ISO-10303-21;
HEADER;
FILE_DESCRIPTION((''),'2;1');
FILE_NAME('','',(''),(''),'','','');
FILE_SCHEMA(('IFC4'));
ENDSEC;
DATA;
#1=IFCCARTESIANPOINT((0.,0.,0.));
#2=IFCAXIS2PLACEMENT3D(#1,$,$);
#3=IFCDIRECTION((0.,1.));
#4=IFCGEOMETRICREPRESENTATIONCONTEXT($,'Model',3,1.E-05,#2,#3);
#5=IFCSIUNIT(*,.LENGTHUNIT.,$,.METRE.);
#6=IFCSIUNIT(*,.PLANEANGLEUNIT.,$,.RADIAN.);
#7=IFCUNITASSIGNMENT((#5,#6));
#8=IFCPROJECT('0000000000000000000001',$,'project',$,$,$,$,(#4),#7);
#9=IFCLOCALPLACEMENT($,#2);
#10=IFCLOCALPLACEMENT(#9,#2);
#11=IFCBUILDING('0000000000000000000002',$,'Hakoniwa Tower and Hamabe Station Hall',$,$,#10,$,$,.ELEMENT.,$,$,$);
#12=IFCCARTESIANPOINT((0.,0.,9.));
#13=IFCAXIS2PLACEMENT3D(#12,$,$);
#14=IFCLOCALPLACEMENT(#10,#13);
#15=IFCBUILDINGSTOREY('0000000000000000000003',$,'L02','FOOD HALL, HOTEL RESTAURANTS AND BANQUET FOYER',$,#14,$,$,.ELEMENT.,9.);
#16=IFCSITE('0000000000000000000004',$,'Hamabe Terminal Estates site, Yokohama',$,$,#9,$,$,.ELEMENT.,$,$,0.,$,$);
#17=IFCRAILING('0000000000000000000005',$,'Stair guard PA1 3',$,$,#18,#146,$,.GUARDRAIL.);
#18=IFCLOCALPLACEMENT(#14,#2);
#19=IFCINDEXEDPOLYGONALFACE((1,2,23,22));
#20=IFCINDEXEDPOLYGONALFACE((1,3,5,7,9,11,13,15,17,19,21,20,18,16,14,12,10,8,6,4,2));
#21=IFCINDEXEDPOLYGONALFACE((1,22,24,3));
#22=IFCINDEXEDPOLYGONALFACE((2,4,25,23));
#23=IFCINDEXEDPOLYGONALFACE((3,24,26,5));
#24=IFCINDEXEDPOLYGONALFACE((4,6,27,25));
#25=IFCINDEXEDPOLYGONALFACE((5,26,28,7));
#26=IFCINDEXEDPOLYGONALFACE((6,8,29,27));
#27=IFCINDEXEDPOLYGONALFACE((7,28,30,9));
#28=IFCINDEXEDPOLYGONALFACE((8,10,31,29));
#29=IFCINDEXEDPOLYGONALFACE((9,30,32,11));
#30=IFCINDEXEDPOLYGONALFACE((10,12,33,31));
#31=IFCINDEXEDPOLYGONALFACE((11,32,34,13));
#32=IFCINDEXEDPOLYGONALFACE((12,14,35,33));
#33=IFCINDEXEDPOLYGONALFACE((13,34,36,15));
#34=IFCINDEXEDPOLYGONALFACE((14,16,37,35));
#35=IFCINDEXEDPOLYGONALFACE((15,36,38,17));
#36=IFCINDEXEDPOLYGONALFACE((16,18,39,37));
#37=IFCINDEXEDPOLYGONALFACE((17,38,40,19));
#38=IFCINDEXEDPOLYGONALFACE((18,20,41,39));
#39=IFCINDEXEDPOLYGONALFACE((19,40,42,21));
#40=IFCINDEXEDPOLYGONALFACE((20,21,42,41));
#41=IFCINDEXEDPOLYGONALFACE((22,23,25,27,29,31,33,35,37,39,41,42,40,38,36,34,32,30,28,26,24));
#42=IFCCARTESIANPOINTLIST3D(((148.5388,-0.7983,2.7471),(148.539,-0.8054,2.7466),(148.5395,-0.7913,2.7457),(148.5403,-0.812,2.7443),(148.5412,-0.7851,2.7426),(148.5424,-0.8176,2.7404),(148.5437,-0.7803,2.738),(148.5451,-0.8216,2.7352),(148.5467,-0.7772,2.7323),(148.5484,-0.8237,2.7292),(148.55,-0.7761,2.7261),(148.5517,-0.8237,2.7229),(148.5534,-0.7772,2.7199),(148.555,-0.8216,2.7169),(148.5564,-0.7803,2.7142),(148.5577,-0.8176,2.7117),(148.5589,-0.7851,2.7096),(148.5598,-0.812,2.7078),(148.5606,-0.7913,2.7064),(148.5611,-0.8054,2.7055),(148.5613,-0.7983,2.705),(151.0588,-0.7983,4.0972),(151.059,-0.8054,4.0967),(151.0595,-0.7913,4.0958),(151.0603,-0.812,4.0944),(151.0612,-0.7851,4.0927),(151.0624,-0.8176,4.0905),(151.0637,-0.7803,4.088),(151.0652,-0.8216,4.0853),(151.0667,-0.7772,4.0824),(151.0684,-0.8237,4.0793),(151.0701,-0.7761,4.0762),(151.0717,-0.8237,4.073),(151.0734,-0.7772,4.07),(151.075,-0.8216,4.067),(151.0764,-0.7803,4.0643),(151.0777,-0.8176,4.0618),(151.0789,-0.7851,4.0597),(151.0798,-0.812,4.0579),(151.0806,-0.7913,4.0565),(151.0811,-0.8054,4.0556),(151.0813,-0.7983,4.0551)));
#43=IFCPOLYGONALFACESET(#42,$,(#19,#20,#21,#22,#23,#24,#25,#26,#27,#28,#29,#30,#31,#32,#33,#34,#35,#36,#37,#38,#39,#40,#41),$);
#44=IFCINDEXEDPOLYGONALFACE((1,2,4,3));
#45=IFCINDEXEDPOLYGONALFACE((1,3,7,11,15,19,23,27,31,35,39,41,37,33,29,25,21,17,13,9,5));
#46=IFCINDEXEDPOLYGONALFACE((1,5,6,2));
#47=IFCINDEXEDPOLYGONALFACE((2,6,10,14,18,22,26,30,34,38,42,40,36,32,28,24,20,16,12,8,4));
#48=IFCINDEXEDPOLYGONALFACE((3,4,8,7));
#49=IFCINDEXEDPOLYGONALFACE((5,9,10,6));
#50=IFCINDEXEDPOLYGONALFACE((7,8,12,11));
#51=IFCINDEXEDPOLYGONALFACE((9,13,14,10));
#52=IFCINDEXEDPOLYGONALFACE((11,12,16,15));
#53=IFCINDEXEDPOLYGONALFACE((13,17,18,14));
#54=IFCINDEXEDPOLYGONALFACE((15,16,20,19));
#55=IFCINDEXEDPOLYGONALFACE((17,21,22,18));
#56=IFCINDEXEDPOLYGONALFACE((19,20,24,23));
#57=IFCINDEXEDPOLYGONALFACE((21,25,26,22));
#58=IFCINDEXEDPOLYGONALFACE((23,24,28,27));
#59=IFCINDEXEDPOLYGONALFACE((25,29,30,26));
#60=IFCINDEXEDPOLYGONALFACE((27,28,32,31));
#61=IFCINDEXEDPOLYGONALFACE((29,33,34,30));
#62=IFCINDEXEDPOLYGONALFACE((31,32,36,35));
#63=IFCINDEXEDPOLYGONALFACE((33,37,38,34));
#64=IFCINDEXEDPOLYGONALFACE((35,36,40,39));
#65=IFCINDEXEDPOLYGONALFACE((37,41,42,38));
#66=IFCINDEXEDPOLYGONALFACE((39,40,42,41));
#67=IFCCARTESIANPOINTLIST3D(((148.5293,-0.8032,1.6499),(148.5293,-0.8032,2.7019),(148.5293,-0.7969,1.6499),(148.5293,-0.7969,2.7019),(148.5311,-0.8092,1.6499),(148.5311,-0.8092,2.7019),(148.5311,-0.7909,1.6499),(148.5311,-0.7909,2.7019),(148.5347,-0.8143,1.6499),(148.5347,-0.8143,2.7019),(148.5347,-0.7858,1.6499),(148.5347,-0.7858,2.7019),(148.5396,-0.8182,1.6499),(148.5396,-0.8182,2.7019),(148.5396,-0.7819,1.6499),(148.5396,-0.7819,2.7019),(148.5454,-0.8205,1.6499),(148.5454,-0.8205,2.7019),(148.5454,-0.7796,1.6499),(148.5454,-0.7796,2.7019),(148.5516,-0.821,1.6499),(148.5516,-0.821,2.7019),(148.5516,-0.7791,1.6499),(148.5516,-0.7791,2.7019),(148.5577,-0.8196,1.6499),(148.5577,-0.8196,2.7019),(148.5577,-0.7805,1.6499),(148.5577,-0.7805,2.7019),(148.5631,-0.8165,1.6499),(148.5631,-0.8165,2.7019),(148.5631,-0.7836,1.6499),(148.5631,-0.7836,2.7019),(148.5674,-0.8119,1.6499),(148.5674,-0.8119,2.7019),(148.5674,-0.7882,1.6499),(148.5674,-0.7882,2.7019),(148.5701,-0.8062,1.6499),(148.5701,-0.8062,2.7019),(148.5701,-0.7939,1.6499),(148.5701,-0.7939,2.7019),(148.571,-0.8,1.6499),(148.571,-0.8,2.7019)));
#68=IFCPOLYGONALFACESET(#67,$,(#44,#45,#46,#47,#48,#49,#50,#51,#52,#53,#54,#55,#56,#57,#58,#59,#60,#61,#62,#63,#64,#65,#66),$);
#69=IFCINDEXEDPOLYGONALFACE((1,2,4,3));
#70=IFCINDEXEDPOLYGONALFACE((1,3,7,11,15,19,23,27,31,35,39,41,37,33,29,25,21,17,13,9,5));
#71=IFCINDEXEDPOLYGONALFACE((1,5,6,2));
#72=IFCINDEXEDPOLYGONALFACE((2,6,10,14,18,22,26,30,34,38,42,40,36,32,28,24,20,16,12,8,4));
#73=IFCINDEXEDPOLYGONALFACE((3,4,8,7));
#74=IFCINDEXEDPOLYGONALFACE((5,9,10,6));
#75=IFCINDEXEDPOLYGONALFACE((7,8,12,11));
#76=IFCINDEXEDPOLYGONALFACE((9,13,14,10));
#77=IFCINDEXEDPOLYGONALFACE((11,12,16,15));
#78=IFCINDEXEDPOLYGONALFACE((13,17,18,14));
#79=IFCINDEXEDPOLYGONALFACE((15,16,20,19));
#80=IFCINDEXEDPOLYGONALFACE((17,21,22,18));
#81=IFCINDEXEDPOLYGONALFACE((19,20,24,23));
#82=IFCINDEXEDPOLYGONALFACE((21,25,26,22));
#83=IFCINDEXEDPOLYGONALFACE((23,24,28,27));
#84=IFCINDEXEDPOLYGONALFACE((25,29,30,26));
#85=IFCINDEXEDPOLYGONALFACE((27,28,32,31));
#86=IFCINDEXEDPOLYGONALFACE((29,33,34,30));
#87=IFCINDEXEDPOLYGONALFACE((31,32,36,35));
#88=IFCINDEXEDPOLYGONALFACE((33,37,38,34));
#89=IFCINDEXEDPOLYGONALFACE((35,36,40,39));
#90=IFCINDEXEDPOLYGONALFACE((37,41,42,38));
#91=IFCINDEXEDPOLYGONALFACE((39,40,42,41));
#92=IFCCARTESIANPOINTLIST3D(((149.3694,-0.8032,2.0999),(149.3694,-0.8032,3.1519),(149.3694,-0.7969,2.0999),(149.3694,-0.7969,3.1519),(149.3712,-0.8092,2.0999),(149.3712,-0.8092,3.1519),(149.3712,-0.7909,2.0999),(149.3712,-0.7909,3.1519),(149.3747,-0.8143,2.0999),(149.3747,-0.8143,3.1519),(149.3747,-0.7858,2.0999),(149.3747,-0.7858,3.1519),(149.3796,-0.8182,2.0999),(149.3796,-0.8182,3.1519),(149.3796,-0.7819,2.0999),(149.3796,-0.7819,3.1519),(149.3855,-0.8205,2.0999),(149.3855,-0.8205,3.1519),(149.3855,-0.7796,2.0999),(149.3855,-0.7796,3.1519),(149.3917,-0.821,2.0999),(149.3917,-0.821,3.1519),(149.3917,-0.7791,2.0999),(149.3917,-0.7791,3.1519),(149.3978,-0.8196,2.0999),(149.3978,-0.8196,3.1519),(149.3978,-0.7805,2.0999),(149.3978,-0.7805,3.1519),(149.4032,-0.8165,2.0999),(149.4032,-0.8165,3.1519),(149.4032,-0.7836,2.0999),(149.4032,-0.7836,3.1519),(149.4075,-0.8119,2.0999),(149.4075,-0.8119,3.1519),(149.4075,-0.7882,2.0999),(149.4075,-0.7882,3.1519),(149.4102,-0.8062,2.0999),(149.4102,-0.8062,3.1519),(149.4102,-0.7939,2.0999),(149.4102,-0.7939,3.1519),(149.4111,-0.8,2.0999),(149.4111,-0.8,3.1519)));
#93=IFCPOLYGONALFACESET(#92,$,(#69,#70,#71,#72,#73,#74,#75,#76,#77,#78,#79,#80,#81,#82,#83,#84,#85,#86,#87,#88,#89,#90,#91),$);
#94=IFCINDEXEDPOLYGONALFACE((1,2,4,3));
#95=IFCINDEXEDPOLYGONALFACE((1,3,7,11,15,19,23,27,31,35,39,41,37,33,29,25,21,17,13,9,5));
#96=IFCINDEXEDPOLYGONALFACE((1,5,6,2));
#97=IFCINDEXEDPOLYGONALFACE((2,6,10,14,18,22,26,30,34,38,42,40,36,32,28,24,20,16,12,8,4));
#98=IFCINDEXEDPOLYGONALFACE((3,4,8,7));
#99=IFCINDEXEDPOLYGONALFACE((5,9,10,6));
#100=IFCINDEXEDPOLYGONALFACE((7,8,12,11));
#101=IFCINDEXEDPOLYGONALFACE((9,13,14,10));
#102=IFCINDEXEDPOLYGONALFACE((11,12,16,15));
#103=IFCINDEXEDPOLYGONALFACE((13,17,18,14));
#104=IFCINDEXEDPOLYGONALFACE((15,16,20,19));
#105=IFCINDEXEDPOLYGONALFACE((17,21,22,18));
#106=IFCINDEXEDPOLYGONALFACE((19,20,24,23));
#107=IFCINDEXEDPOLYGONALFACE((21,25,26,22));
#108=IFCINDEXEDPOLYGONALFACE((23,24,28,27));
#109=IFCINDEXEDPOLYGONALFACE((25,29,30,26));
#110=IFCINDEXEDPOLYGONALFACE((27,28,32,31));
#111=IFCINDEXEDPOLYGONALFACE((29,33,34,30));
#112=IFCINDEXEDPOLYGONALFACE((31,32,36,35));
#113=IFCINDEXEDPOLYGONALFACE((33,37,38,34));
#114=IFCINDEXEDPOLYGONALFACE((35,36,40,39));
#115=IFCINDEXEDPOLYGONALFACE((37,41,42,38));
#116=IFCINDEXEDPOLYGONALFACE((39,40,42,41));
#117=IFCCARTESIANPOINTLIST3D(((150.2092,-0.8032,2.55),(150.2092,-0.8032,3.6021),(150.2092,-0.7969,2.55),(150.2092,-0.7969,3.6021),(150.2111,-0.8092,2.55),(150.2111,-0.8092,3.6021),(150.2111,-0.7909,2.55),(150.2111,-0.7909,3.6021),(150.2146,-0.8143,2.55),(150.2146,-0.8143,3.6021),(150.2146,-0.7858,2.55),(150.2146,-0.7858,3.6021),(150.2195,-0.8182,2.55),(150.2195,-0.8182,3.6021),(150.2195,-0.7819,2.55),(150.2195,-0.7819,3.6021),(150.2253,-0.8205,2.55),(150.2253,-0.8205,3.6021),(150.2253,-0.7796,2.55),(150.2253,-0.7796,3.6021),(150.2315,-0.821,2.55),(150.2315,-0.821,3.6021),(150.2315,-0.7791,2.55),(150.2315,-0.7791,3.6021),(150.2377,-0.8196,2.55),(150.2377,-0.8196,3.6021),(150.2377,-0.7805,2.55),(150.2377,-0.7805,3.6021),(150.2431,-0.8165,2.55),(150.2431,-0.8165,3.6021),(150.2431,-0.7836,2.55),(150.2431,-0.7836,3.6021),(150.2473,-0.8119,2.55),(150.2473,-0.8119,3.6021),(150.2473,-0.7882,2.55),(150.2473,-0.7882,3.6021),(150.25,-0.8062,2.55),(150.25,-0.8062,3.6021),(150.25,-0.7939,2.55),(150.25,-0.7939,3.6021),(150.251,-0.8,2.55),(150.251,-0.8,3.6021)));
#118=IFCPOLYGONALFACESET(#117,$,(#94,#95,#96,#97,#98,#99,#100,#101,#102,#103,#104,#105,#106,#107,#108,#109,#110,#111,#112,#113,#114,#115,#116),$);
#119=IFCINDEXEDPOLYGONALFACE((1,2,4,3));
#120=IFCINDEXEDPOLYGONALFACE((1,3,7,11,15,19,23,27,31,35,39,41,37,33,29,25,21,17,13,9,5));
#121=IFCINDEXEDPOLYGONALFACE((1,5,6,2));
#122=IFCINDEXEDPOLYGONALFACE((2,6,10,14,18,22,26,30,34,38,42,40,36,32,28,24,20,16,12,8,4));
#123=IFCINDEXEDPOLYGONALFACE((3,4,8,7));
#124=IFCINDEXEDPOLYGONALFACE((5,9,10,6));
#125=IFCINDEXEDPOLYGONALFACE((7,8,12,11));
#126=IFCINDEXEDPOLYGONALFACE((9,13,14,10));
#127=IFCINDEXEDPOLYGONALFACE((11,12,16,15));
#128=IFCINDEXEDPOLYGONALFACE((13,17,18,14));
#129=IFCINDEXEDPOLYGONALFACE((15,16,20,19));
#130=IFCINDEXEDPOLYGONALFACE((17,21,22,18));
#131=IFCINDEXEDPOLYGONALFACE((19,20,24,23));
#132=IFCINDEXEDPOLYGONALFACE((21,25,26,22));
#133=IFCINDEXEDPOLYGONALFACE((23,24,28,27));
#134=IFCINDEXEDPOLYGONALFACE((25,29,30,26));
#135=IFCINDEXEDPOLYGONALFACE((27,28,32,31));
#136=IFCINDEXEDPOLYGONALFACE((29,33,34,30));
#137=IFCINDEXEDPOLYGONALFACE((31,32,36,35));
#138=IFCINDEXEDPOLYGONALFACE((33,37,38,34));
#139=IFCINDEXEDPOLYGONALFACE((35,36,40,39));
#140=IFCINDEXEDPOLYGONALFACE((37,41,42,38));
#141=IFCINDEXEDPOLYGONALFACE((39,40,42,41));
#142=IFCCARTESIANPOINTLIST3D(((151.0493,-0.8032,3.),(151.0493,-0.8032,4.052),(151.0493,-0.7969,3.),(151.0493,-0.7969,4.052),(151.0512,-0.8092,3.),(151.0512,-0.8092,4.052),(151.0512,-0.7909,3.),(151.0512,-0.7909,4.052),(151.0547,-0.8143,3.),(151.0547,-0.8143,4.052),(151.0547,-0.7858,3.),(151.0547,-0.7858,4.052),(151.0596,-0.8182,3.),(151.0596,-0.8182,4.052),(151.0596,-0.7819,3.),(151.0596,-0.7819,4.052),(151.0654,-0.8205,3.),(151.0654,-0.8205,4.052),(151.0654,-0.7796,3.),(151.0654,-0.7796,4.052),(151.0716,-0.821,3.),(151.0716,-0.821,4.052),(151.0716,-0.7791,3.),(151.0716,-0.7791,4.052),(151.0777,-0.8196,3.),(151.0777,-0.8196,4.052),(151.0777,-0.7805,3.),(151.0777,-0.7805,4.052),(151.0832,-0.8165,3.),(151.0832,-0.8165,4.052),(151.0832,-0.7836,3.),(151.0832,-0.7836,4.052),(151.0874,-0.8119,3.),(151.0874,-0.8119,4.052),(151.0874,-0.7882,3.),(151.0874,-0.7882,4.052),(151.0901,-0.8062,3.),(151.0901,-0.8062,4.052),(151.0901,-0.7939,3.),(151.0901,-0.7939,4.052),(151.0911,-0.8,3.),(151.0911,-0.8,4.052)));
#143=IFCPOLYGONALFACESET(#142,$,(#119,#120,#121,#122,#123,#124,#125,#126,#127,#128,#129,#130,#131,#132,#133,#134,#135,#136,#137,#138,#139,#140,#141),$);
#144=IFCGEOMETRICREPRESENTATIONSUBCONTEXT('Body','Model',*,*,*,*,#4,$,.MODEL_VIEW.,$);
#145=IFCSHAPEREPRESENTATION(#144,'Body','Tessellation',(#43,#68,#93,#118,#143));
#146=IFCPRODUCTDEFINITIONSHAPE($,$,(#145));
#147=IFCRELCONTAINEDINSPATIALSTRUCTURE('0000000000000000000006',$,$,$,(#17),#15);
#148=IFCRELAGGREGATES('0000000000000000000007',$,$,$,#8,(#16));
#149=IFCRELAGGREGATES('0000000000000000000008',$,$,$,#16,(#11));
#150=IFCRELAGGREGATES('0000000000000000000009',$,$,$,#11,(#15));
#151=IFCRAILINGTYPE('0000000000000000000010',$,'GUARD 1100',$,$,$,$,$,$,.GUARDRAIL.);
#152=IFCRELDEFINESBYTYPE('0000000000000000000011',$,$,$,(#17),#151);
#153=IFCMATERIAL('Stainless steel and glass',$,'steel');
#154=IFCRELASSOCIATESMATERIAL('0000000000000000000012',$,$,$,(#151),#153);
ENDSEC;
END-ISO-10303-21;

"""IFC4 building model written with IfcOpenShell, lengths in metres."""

from ifc_helpers import new_model, si_unit, direction, frame, origin, origin_2d, place, context, subcontext, project, spatial, circle, extrude, material, type_object, element, save


model = new_model("IFC4")

# Units and contexts
model_context = context("Model", 3, precision=1e-05, world=origin(), true_north=direction((0.0, 1.0)))
body_context = subcontext(model_context, "Body", "Model", "MODEL_VIEW")
ifc_project = project(units=[si_unit("LENGTHUNIT", "METRE"), si_unit("PLANEANGLEUNIT", "RADIAN")], contexts=[model_context])

# Site, building, storey
site_placement = place(None, origin())
site = spatial("IfcSite", under=ifc_project, at=site_placement, Name="Hamabe Terminal Estates site, Yokohama", CompositionType="ELEMENT", RefElevation=0.0)
building_placement = place(site_placement, origin())
building = spatial("IfcBuilding", under=site, at=building_placement, Name="Hakoniwa Tower and Hamabe Station Hall", CompositionType="ELEMENT")
storey_placement = place(building_placement, frame((0.0, 0.0, 9.0)))
storey = spatial("IfcBuildingStorey", under=building, at=storey_placement, Name="L02", Description="FOOD HALL, HOTEL RESTAURANTS AND BANQUET FOYER", CompositionType="ELEMENT", Elevation=9.0)

# Railing
ifc_material_1 = material(Name="Stainless steel and glass", Category="steel")
railing_type_1 = type_object("IfcRailingType", Name="GUARD 1100", PredefinedType="GUARDRAIL", material=ifc_material_1)
railing_1_placement = place(storey_placement, frame((148.55, -0.8, 1.6499)))
element("IfcRailing", 1, at=railing_1_placement, inside=storey, type_object=railing_type_1, Name="Stair guard PA1 3", PredefinedType="GUARDRAIL", context=body_context, shape_type="SweptSolid", body=[
    extrude(circle(Radius=0.0239, at=origin_2d()), frame((0.0, 0.0, 1.0762), z_axis=(0.881467, 0.0, 0.472245), x_axis=(0.0, 1.0, 0.0)), (0.0, 0.0, 1.0), 2.8589),
    extrude(circle(Radius=0.021, at=origin_2d()), origin(), (0.0, 0.0, 1.0), 1.052),
    extrude(circle(Radius=0.021, at=origin_2d()), frame((0.8401, 0.0, 0.45)), (0.0, 0.0, 1.0), 1.052),
    extrude(circle(Radius=0.021, at=origin_2d()), frame((1.6799, 0.0, 0.9001)), (0.0, 0.0, 1.0), 1.052),
    extrude(circle(Radius=0.021, at=origin_2d()), frame((2.52, 0.0, 1.3501)), (0.0, 0.0, 1.0), 1.052),
])

save(model, "model.ifc")
